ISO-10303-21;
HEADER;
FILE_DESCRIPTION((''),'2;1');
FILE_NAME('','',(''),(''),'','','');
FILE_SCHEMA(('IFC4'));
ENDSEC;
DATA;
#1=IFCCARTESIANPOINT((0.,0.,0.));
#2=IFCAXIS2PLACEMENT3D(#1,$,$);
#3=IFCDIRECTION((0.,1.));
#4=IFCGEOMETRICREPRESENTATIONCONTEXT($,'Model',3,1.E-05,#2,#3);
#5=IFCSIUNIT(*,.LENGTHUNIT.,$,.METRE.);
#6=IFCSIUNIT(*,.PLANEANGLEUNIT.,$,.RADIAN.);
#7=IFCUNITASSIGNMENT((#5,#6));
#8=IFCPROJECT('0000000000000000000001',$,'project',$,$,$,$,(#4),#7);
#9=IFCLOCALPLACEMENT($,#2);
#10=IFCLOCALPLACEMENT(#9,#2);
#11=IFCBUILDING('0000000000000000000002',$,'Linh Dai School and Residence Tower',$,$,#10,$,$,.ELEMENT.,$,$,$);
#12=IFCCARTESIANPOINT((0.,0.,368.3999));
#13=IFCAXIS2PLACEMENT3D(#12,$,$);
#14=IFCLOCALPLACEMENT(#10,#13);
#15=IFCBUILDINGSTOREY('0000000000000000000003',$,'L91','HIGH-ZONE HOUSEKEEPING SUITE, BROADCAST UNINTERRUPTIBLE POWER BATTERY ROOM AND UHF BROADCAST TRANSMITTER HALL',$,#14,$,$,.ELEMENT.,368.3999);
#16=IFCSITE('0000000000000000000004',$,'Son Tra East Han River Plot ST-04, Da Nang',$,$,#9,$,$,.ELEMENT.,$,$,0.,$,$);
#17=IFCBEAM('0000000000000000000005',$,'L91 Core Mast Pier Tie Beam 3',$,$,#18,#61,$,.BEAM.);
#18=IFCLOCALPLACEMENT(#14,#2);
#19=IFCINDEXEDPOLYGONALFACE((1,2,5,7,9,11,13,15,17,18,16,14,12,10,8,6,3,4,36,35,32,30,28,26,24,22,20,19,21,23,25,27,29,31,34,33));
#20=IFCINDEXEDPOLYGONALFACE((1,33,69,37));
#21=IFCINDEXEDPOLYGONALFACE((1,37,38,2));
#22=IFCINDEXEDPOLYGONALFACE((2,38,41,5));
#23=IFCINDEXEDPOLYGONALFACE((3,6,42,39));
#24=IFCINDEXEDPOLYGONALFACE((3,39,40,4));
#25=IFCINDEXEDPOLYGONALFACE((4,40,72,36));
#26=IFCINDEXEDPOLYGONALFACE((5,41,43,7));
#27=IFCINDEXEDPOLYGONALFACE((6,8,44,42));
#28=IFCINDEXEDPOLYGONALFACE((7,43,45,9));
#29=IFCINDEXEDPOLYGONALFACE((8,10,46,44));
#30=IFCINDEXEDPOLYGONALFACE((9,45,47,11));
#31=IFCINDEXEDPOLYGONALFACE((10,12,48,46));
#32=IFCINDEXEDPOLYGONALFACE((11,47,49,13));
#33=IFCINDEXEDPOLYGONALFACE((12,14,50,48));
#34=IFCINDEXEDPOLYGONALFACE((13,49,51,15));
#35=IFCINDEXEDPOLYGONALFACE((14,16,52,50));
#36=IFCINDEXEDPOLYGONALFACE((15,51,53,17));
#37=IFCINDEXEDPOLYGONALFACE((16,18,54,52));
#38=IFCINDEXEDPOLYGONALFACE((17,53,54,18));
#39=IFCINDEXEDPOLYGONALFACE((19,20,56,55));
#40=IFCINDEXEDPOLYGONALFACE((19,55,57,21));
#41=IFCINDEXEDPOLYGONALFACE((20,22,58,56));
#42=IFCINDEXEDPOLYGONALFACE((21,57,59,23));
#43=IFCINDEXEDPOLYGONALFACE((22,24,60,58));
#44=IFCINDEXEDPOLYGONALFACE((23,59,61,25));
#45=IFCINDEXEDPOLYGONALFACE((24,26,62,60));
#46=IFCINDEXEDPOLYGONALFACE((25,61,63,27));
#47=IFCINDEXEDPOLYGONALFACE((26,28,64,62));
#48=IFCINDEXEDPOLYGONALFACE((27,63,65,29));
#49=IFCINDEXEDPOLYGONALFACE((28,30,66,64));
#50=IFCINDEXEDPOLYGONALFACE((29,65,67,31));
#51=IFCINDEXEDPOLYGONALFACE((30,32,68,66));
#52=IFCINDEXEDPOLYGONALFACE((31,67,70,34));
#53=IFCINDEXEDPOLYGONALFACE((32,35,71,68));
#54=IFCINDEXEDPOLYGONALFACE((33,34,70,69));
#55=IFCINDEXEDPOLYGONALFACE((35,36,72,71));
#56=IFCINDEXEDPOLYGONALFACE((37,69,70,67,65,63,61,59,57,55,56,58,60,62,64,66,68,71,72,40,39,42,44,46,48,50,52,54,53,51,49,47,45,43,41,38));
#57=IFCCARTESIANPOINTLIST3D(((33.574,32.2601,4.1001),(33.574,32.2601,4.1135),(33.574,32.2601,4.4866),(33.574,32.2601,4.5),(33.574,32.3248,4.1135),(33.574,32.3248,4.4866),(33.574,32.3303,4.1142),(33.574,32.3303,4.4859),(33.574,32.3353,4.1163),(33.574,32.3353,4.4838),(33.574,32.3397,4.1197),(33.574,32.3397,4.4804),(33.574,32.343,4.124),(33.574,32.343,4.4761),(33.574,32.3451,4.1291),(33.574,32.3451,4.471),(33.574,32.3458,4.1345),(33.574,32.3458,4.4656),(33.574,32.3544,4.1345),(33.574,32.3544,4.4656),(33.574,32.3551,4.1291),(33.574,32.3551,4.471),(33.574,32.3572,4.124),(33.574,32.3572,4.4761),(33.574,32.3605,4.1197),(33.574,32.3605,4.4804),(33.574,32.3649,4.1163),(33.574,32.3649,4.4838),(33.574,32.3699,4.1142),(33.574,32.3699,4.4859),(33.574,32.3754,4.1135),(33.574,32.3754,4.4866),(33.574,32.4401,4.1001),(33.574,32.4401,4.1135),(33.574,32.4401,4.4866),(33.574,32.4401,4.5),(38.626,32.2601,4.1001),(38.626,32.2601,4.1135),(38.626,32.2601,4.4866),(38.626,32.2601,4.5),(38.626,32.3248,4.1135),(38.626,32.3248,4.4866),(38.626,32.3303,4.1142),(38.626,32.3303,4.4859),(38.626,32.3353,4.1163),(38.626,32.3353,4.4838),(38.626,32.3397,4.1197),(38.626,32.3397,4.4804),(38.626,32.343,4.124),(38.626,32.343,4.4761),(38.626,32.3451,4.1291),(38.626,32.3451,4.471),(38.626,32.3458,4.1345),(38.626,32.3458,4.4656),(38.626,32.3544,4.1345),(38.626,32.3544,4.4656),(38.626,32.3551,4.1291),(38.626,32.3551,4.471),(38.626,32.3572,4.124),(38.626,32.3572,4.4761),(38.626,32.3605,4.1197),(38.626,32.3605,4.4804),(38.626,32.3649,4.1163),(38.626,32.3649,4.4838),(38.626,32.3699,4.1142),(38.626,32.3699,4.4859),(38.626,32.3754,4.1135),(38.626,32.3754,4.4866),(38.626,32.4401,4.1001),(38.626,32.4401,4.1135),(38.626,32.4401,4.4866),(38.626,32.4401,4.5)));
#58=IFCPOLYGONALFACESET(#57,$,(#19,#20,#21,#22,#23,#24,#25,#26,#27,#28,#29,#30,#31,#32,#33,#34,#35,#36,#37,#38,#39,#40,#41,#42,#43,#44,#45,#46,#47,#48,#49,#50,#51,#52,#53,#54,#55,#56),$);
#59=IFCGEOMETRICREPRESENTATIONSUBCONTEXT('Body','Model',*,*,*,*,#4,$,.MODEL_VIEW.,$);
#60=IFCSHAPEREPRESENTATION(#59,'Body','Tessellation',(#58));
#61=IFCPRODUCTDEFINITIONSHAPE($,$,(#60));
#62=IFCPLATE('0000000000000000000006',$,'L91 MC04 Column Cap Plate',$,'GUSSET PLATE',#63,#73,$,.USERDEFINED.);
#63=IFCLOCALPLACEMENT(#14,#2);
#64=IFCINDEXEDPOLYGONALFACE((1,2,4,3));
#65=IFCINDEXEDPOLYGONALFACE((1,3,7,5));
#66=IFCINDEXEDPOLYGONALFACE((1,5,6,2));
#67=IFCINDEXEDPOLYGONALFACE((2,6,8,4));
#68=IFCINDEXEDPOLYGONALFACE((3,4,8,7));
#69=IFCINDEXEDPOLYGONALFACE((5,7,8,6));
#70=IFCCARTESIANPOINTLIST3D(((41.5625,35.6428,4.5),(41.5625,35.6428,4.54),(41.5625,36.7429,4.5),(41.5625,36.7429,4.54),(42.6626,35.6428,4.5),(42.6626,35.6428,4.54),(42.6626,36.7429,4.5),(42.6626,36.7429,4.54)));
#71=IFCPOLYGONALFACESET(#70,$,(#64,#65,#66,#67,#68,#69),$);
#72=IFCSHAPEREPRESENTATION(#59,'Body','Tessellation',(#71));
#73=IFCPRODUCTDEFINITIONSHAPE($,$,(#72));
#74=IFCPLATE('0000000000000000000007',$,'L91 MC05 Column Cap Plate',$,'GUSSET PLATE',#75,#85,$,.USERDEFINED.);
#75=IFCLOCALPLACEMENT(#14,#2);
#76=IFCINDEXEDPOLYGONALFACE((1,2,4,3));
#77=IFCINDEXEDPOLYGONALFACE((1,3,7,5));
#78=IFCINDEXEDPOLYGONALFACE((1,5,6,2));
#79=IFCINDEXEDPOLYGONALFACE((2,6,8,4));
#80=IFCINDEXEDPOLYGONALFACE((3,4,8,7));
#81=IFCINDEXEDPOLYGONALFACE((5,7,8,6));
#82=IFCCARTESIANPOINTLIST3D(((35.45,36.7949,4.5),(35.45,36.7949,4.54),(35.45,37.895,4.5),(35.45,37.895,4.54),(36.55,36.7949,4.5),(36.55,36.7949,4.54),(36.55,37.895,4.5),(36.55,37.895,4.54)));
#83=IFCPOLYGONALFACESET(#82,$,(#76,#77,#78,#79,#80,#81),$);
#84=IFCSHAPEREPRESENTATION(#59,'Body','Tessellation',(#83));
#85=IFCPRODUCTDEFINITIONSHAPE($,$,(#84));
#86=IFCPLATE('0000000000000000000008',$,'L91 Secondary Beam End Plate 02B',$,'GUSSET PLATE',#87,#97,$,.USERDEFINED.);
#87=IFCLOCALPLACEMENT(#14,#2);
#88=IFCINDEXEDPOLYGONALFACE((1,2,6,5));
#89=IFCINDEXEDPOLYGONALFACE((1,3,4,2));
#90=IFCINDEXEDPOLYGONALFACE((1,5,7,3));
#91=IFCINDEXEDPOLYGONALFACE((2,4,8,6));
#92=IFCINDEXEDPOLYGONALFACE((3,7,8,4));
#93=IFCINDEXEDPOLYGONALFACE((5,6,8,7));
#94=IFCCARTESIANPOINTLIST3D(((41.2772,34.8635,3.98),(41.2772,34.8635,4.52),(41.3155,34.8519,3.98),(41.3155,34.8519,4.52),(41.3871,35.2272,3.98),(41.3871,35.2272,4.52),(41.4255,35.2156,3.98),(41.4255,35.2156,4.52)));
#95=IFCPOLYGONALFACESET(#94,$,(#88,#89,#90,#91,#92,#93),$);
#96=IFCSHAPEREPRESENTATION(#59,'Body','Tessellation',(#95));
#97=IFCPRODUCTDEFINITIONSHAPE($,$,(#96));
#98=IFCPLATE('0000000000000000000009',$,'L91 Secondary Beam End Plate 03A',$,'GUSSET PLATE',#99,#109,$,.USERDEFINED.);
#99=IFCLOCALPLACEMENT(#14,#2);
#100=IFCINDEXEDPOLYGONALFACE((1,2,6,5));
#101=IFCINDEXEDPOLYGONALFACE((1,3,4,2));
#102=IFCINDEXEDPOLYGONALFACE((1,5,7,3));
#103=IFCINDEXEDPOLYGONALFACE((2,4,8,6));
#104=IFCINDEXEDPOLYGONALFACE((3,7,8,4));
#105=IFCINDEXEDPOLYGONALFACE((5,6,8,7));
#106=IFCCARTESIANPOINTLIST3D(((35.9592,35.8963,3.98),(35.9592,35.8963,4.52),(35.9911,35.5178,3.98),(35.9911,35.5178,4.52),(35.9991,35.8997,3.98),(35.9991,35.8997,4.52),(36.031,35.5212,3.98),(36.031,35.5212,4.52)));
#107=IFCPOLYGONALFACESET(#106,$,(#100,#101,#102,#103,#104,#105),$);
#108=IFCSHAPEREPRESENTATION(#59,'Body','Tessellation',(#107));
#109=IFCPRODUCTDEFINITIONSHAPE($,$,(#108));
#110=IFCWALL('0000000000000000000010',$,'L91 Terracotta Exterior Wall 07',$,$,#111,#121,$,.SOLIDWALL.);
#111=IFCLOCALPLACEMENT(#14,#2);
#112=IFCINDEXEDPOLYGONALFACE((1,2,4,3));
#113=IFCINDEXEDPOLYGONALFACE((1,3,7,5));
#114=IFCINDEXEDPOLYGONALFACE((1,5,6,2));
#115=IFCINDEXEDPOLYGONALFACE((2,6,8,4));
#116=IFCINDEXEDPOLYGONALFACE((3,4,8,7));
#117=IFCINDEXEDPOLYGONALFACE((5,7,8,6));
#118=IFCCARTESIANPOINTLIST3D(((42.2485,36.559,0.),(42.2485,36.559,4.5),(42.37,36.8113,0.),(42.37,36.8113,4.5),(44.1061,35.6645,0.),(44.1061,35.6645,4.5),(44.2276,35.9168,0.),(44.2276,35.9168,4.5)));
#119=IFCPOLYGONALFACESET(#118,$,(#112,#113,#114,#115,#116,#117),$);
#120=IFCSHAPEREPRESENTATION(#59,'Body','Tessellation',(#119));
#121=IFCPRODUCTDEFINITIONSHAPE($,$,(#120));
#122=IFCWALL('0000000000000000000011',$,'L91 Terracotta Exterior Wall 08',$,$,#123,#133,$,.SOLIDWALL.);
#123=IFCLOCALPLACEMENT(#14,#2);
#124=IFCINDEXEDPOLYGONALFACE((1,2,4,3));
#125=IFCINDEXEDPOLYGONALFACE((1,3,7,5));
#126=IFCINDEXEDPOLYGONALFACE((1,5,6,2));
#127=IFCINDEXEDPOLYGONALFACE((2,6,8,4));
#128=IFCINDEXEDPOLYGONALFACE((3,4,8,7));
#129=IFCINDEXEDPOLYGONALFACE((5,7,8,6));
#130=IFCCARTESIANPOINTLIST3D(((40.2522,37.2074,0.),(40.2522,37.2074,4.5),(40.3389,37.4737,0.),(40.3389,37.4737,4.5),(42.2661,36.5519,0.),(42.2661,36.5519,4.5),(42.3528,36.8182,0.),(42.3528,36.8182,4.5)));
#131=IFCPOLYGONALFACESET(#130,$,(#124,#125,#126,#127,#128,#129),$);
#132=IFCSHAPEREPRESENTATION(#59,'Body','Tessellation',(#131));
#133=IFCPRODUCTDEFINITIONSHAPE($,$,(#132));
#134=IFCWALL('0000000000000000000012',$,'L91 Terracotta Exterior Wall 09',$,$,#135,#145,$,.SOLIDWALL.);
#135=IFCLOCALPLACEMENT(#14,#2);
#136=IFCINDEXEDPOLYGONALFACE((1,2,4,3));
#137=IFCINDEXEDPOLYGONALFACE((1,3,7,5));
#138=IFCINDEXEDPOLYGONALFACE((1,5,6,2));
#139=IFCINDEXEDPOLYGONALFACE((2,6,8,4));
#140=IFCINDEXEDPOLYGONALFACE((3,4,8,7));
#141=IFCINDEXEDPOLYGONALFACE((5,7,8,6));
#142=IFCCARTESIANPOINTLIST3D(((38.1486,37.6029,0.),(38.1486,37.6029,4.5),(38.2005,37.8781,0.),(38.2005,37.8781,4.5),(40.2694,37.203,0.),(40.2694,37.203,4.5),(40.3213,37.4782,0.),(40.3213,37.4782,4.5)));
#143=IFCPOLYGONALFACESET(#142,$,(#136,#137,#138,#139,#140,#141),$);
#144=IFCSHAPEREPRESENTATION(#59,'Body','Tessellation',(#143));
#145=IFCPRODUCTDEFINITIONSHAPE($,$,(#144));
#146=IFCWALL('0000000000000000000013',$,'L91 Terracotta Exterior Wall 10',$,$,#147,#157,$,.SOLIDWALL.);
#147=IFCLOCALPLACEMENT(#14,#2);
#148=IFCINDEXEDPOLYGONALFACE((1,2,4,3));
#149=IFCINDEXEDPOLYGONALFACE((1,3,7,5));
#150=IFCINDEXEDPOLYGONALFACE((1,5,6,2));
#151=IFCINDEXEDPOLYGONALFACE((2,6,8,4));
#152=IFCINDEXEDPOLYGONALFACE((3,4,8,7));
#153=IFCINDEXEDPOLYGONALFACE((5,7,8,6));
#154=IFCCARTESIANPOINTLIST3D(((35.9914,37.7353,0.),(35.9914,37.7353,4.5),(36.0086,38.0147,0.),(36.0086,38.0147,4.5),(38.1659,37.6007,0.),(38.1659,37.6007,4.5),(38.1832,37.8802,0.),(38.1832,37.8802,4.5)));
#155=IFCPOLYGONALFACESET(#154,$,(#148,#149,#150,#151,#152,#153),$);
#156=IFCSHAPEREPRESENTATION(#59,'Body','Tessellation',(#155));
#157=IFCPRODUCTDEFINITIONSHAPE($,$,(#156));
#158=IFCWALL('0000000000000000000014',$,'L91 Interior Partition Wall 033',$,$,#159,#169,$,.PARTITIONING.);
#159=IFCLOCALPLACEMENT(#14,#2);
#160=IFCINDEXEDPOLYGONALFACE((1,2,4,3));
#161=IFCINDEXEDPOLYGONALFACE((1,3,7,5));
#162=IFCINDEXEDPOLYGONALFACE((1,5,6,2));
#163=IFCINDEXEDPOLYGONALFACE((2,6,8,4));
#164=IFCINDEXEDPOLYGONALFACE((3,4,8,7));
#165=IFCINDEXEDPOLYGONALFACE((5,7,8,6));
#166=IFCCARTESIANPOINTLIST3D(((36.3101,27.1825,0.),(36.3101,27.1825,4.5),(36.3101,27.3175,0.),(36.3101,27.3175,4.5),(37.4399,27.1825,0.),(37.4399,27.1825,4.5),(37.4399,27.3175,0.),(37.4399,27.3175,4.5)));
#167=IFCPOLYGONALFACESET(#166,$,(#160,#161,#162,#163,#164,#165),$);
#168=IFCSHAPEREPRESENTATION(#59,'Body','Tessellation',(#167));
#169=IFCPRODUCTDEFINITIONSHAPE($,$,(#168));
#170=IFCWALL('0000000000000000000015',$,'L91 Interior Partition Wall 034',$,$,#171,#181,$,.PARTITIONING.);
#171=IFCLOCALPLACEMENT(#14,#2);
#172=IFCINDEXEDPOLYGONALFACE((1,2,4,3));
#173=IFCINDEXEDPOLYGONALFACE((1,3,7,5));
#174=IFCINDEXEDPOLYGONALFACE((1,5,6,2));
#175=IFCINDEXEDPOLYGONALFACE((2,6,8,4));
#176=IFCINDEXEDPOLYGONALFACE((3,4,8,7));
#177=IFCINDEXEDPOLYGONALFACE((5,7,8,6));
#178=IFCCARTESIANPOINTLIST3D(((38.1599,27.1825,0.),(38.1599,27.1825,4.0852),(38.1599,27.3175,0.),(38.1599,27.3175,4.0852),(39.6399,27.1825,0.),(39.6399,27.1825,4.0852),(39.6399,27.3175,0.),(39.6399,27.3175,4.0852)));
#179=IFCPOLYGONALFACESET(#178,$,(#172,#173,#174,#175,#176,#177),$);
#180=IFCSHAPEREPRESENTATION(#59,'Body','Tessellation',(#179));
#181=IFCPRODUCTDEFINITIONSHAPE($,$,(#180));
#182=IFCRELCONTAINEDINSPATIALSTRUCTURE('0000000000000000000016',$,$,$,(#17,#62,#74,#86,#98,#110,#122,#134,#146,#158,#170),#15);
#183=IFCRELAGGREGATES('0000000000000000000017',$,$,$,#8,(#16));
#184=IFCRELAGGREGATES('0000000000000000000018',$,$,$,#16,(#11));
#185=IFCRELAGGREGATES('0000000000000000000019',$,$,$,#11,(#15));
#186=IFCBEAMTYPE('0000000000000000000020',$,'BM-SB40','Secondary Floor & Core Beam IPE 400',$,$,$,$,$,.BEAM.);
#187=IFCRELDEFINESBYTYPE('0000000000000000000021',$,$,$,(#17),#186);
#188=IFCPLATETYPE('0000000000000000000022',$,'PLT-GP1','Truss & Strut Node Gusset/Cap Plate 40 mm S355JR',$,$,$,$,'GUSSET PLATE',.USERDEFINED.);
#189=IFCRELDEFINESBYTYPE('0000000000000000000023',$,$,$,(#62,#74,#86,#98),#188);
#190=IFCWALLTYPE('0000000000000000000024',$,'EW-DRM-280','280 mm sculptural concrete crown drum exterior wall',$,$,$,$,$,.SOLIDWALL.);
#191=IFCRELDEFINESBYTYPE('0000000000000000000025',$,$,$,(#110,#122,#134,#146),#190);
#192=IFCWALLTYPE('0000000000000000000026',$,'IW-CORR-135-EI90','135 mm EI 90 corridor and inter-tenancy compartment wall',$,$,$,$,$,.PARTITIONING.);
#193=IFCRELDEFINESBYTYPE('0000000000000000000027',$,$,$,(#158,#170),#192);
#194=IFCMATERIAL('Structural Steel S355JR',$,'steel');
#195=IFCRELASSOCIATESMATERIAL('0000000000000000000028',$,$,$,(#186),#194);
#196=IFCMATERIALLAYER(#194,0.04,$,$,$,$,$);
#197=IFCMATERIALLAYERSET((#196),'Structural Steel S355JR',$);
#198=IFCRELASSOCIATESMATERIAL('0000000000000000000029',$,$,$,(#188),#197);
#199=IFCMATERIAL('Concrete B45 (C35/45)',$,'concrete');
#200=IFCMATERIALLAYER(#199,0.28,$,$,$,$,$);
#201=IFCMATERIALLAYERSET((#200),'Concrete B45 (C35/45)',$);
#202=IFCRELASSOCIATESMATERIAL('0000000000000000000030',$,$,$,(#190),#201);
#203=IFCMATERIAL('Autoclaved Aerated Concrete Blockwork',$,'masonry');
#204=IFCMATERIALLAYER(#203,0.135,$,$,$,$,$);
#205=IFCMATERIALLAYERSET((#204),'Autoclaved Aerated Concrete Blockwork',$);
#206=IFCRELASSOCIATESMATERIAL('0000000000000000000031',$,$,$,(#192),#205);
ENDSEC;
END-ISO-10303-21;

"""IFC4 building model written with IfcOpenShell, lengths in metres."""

from ifc_helpers import new_model, si_unit, direction, frame, frame_2d, origin, origin_2d, place, context, subcontext, project, spatial, rectangle, i_section, extrude, source, transform, mapped, material, layer, layer_set, material_profile, profile_set, type_object, element, save


model = new_model("IFC4")

# Units and contexts
model_context = context("Model", 3, precision=1e-05, world=origin(), true_north=direction((0.0, 1.0)))
body_context = subcontext(model_context, "Body", "Model", "MODEL_VIEW")
ifc_project = project(units=[si_unit("LENGTHUNIT", "METRE"), si_unit("PLANEANGLEUNIT", "RADIAN")], contexts=[model_context])

# Site, building, storey
site_placement = place(None, origin())
site = spatial("IfcSite", under=ifc_project, at=site_placement, Name="Son Tra East Han River Plot ST-04, Da Nang", CompositionType="ELEMENT", RefElevation=0.0)
building_placement = place(site_placement, origin())
building = spatial("IfcBuilding", under=site, at=building_placement, Name="Linh Dai School and Residence Tower", CompositionType="ELEMENT")
storey_placement = place(building_placement, frame((0.0, 0.0, 368.3999)))
storey = spatial("IfcBuildingStorey", under=building, at=storey_placement, Name="L91", Description="HIGH-ZONE HOUSEKEEPING SUITE, BROADCAST UNINTERRUPTIBLE POWER BATTERY ROOM AND UHF BROADCAST TRANSMITTER HALL", CompositionType="ELEMENT", Elevation=368.3999)

# Shared definitions
ifc_material_1 = material(Name="Structural Steel S355JR", Category="steel")

# Beam
ifc_material_profile_1 = material_profile(ifc_material_1, i_section(OverallWidth=0.1799, OverallDepth=0.3999, WebThickness=0.0085, FlangeThickness=0.0134, FilletRadius=0.021, at=origin_2d()), Name="IPE 400")
ifc_profile_set_1 = profile_set([ifc_material_profile_1], Name="Structural Steel S355JR")
beam_type_1 = type_object("IfcBeamType", Name="BM-SB40", Description="Secondary Floor & Core Beam IPE 400", PredefinedType="BEAM", material=ifc_profile_set_1)
beam_1_placement = place(storey_placement, frame((38.626, 32.3501, 4.3), z_axis=(-1.0, 0.0, 0.0), x_axis=(0.0, -1.0, 0.0)))
element("IfcBeam", 1, at=beam_1_placement, inside=storey, type_object=beam_type_1, Name="L91 Core Mast Pier Tie Beam 3", PredefinedType="BEAM", context=body_context, shape_type="SweptSolid", body=[
    extrude(i_section(OverallWidth=0.1799, OverallDepth=0.3999, WebThickness=0.0085, FlangeThickness=0.0134, FilletRadius=0.021, at=origin_2d()), origin(), (0.0, 0.0, 1.0), 5.052),
])

# Plates
ifc_layer_1 = layer(ifc_material_1, 0.04)
ifc_layer_set_1 = layer_set([ifc_layer_1], Name="Structural Steel S355JR")
plate_type = type_object("IfcPlateType", Name="PLT-GP1", Description="Truss & Strut Node Gusset/Cap Plate 40 mm S355JR", ElementType="GUSSET PLATE", PredefinedType="USERDEFINED", material=ifc_layer_set_1)
shared_shape_1 = source(origin(), body_context, "Body", "SweptSolid", [
    extrude(rectangle(XDim=1.1001, YDim=1.1001, at=origin_2d()), origin(), (0.0, 0.0, 1.0), 0.04),
])
for number, where, z_axis, x_axis, name in (
    (2, (42.1125, 36.1929, 4.5), (0.0, 0.0, 1.0), (1.0, 0.0, 0.0), "L91 MC04 Column Cap Plate"),
    (3, (36.0, 37.345, 4.5), (0.0, 0.0, 1.0), (1.0, 0.0, 0.0), "L91 MC05 Column Cap Plate"),
):
    element("IfcPlate", number, at=place(storey_placement, frame(where, z_axis=z_axis, x_axis=x_axis)), inside=storey, type_object=plate_type, Name=name, ObjectType="GUSSET PLATE", PredefinedType="USERDEFINED", context=body_context, shape_type="MappedRepresentation", body=[
        mapped(shared_shape_1, transform((0.0, 0.0, 0.0), x_axis=(1.0, 0.0, 0.0), y_axis=(0.0, 1.0, 0.0), z_axis=(0.0, 0.0, 1.0), scale=1.0)),
    ])
shared_shape_2 = source(origin(), body_context, "Body", "SweptSolid", [
    extrude(rectangle(XDim=0.04, YDim=0.3799, at=origin_2d()), origin(), (0.0, 0.0, 1.0), 0.54),
])
for number, where, z_axis, x_axis, name in (
    (4, (41.3513, 35.0396, 3.98), (0.0, 0.0, 1.0), (-0.957203, 0.289419, 0.0), "L91 Secondary Beam End Plate 02B"),
    (5, (35.9951, 35.7087, 3.98), (0.0, 0.0, 1.0), (-0.996464, -0.084023, 0.0), "L91 Secondary Beam End Plate 03A"),
):
    element("IfcPlate", number, at=place(storey_placement, frame(where, z_axis=z_axis, x_axis=x_axis)), inside=storey, type_object=plate_type, Name=name, ObjectType="GUSSET PLATE", PredefinedType="USERDEFINED", context=body_context, shape_type="MappedRepresentation", body=[
        mapped(shared_shape_2, transform((0.0, 0.0, 0.0), x_axis=(1.0, 0.0, 0.0), y_axis=(0.0, 1.0, 0.0), z_axis=(0.0, 0.0, 1.0), scale=1.0)),
    ])

# Walls
ifc_material_2 = material(Name="Concrete B45 (C35/45)", Category="concrete")
ifc_layer_2 = layer(ifc_material_2, 0.28)
ifc_layer_set_2 = layer_set([ifc_layer_2], Name="Concrete B45 (C35/45)")
wall_type_1 = type_object("IfcWallType", Name="EW-DRM-280", Description="280 mm sculptural concrete crown drum exterior wall", PredefinedType="SOLIDWALL", material=ifc_layer_set_2)
wall_1_placement = place(storey_placement, frame((42.3093, 36.6851, 0.0), z_axis=(0.0, 0.0, 1.0), x_axis=(0.900983, -0.433855, 0.0)))
element("IfcWall", 6, at=wall_1_placement, inside=storey, type_object=wall_type_1, Name="L91 Terracotta Exterior Wall 07", PredefinedType="SOLIDWALL", context=body_context, shape_type="SweptSolid", body=[
    extrude(rectangle(XDim=2.0618, YDim=0.28, at=frame_2d((1.0308, 0.0))), origin(), (0.0, 0.0, 1.0), 4.5),
])
wall_2_placement = place(storey_placement, frame((40.2954, 37.3406, 0.0), z_axis=(0.0, 0.0, 1.0), x_axis=(0.950896, -0.309511, 0.0)))
element("IfcWall", 7, at=wall_2_placement, inside=storey, type_object=wall_type_1, Name="L91 Terracotta Exterior Wall 08", PredefinedType="SOLIDWALL", context=body_context, shape_type="SweptSolid", body=[
    extrude(rectangle(XDim=2.1179, YDim=0.28, at=frame_2d((1.0591, 0.0))), origin(), (0.0, 0.0, 1.0), 4.5),
])
wall_3_placement = place(storey_placement, frame((38.1746, 37.7405, 0.0), z_axis=(0.0, 0.0, 1.0), x_axis=(0.982683, -0.185292, 0.0)))
element("IfcWall", 8, at=wall_3_placement, inside=storey, type_object=wall_type_1, Name="L91 Terracotta Exterior Wall 09", PredefinedType="SOLIDWALL", context=body_context, shape_type="SweptSolid", body=[
    extrude(rectangle(XDim=2.1582, YDim=0.28, at=frame_2d((1.0791, 0.0))), origin(), (0.0, 0.0, 1.0), 4.5),
])
wall_4_placement = place(storey_placement, frame((36.0, 37.875, 0.0), z_axis=(0.0, 0.0, 1.0), x_axis=(0.998092, -0.061743, 0.0)))
element("IfcWall", 9, at=wall_4_placement, inside=storey, type_object=wall_type_1, Name="L91 Terracotta Exterior Wall 10", PredefinedType="SOLIDWALL", context=body_context, shape_type="SweptSolid", body=[
    extrude(rectangle(XDim=2.1787, YDim=0.28, at=frame_2d((1.0894, 0.0))), origin(), (0.0, 0.0, 1.0), 4.5),
])
ifc_material_3 = material(Name="Autoclaved Aerated Concrete Blockwork", Category="masonry")
ifc_layer_3 = layer(ifc_material_3, 0.135)
ifc_layer_set_3 = layer_set([ifc_layer_3], Name="Autoclaved Aerated Concrete Blockwork")
wall_type_2 = type_object("IfcWallType", Name="IW-CORR-135-EI90", Description="135 mm EI 90 corridor and inter-tenancy compartment wall", PredefinedType="PARTITIONING", material=ifc_layer_set_3)
wall_5_placement = place(storey_placement, frame((37.4399, 27.25, 0.0), z_axis=(0.0, 0.0, 1.0), x_axis=(-1.0, 0.0, 0.0)))
element("IfcWall", 10, at=wall_5_placement, inside=storey, type_object=wall_type_2, Name="L91 Interior Partition Wall 033", PredefinedType="PARTITIONING", context=body_context, shape_type="SweptSolid", body=[
    extrude(rectangle(XDim=1.1299, YDim=0.135, at=frame_2d((0.5649, 0.0))), origin(), (0.0, 0.0, 1.0), 4.5),
])
wall_6_placement = place(storey_placement, frame((39.6399, 27.25, 0.0), z_axis=(0.0, 0.0, 1.0), x_axis=(-1.0, 0.0, 0.0)))
element("IfcWall", 11, at=wall_6_placement, inside=storey, type_object=wall_type_2, Name="L91 Interior Partition Wall 034", PredefinedType="PARTITIONING", context=body_context, shape_type="SweptSolid", body=[
    extrude(rectangle(XDim=1.48, YDim=0.135, at=frame_2d((0.74, 0.0))), origin(), (0.0, 0.0, 1.0), 4.0852),
])

save(model, "model.ifc")
